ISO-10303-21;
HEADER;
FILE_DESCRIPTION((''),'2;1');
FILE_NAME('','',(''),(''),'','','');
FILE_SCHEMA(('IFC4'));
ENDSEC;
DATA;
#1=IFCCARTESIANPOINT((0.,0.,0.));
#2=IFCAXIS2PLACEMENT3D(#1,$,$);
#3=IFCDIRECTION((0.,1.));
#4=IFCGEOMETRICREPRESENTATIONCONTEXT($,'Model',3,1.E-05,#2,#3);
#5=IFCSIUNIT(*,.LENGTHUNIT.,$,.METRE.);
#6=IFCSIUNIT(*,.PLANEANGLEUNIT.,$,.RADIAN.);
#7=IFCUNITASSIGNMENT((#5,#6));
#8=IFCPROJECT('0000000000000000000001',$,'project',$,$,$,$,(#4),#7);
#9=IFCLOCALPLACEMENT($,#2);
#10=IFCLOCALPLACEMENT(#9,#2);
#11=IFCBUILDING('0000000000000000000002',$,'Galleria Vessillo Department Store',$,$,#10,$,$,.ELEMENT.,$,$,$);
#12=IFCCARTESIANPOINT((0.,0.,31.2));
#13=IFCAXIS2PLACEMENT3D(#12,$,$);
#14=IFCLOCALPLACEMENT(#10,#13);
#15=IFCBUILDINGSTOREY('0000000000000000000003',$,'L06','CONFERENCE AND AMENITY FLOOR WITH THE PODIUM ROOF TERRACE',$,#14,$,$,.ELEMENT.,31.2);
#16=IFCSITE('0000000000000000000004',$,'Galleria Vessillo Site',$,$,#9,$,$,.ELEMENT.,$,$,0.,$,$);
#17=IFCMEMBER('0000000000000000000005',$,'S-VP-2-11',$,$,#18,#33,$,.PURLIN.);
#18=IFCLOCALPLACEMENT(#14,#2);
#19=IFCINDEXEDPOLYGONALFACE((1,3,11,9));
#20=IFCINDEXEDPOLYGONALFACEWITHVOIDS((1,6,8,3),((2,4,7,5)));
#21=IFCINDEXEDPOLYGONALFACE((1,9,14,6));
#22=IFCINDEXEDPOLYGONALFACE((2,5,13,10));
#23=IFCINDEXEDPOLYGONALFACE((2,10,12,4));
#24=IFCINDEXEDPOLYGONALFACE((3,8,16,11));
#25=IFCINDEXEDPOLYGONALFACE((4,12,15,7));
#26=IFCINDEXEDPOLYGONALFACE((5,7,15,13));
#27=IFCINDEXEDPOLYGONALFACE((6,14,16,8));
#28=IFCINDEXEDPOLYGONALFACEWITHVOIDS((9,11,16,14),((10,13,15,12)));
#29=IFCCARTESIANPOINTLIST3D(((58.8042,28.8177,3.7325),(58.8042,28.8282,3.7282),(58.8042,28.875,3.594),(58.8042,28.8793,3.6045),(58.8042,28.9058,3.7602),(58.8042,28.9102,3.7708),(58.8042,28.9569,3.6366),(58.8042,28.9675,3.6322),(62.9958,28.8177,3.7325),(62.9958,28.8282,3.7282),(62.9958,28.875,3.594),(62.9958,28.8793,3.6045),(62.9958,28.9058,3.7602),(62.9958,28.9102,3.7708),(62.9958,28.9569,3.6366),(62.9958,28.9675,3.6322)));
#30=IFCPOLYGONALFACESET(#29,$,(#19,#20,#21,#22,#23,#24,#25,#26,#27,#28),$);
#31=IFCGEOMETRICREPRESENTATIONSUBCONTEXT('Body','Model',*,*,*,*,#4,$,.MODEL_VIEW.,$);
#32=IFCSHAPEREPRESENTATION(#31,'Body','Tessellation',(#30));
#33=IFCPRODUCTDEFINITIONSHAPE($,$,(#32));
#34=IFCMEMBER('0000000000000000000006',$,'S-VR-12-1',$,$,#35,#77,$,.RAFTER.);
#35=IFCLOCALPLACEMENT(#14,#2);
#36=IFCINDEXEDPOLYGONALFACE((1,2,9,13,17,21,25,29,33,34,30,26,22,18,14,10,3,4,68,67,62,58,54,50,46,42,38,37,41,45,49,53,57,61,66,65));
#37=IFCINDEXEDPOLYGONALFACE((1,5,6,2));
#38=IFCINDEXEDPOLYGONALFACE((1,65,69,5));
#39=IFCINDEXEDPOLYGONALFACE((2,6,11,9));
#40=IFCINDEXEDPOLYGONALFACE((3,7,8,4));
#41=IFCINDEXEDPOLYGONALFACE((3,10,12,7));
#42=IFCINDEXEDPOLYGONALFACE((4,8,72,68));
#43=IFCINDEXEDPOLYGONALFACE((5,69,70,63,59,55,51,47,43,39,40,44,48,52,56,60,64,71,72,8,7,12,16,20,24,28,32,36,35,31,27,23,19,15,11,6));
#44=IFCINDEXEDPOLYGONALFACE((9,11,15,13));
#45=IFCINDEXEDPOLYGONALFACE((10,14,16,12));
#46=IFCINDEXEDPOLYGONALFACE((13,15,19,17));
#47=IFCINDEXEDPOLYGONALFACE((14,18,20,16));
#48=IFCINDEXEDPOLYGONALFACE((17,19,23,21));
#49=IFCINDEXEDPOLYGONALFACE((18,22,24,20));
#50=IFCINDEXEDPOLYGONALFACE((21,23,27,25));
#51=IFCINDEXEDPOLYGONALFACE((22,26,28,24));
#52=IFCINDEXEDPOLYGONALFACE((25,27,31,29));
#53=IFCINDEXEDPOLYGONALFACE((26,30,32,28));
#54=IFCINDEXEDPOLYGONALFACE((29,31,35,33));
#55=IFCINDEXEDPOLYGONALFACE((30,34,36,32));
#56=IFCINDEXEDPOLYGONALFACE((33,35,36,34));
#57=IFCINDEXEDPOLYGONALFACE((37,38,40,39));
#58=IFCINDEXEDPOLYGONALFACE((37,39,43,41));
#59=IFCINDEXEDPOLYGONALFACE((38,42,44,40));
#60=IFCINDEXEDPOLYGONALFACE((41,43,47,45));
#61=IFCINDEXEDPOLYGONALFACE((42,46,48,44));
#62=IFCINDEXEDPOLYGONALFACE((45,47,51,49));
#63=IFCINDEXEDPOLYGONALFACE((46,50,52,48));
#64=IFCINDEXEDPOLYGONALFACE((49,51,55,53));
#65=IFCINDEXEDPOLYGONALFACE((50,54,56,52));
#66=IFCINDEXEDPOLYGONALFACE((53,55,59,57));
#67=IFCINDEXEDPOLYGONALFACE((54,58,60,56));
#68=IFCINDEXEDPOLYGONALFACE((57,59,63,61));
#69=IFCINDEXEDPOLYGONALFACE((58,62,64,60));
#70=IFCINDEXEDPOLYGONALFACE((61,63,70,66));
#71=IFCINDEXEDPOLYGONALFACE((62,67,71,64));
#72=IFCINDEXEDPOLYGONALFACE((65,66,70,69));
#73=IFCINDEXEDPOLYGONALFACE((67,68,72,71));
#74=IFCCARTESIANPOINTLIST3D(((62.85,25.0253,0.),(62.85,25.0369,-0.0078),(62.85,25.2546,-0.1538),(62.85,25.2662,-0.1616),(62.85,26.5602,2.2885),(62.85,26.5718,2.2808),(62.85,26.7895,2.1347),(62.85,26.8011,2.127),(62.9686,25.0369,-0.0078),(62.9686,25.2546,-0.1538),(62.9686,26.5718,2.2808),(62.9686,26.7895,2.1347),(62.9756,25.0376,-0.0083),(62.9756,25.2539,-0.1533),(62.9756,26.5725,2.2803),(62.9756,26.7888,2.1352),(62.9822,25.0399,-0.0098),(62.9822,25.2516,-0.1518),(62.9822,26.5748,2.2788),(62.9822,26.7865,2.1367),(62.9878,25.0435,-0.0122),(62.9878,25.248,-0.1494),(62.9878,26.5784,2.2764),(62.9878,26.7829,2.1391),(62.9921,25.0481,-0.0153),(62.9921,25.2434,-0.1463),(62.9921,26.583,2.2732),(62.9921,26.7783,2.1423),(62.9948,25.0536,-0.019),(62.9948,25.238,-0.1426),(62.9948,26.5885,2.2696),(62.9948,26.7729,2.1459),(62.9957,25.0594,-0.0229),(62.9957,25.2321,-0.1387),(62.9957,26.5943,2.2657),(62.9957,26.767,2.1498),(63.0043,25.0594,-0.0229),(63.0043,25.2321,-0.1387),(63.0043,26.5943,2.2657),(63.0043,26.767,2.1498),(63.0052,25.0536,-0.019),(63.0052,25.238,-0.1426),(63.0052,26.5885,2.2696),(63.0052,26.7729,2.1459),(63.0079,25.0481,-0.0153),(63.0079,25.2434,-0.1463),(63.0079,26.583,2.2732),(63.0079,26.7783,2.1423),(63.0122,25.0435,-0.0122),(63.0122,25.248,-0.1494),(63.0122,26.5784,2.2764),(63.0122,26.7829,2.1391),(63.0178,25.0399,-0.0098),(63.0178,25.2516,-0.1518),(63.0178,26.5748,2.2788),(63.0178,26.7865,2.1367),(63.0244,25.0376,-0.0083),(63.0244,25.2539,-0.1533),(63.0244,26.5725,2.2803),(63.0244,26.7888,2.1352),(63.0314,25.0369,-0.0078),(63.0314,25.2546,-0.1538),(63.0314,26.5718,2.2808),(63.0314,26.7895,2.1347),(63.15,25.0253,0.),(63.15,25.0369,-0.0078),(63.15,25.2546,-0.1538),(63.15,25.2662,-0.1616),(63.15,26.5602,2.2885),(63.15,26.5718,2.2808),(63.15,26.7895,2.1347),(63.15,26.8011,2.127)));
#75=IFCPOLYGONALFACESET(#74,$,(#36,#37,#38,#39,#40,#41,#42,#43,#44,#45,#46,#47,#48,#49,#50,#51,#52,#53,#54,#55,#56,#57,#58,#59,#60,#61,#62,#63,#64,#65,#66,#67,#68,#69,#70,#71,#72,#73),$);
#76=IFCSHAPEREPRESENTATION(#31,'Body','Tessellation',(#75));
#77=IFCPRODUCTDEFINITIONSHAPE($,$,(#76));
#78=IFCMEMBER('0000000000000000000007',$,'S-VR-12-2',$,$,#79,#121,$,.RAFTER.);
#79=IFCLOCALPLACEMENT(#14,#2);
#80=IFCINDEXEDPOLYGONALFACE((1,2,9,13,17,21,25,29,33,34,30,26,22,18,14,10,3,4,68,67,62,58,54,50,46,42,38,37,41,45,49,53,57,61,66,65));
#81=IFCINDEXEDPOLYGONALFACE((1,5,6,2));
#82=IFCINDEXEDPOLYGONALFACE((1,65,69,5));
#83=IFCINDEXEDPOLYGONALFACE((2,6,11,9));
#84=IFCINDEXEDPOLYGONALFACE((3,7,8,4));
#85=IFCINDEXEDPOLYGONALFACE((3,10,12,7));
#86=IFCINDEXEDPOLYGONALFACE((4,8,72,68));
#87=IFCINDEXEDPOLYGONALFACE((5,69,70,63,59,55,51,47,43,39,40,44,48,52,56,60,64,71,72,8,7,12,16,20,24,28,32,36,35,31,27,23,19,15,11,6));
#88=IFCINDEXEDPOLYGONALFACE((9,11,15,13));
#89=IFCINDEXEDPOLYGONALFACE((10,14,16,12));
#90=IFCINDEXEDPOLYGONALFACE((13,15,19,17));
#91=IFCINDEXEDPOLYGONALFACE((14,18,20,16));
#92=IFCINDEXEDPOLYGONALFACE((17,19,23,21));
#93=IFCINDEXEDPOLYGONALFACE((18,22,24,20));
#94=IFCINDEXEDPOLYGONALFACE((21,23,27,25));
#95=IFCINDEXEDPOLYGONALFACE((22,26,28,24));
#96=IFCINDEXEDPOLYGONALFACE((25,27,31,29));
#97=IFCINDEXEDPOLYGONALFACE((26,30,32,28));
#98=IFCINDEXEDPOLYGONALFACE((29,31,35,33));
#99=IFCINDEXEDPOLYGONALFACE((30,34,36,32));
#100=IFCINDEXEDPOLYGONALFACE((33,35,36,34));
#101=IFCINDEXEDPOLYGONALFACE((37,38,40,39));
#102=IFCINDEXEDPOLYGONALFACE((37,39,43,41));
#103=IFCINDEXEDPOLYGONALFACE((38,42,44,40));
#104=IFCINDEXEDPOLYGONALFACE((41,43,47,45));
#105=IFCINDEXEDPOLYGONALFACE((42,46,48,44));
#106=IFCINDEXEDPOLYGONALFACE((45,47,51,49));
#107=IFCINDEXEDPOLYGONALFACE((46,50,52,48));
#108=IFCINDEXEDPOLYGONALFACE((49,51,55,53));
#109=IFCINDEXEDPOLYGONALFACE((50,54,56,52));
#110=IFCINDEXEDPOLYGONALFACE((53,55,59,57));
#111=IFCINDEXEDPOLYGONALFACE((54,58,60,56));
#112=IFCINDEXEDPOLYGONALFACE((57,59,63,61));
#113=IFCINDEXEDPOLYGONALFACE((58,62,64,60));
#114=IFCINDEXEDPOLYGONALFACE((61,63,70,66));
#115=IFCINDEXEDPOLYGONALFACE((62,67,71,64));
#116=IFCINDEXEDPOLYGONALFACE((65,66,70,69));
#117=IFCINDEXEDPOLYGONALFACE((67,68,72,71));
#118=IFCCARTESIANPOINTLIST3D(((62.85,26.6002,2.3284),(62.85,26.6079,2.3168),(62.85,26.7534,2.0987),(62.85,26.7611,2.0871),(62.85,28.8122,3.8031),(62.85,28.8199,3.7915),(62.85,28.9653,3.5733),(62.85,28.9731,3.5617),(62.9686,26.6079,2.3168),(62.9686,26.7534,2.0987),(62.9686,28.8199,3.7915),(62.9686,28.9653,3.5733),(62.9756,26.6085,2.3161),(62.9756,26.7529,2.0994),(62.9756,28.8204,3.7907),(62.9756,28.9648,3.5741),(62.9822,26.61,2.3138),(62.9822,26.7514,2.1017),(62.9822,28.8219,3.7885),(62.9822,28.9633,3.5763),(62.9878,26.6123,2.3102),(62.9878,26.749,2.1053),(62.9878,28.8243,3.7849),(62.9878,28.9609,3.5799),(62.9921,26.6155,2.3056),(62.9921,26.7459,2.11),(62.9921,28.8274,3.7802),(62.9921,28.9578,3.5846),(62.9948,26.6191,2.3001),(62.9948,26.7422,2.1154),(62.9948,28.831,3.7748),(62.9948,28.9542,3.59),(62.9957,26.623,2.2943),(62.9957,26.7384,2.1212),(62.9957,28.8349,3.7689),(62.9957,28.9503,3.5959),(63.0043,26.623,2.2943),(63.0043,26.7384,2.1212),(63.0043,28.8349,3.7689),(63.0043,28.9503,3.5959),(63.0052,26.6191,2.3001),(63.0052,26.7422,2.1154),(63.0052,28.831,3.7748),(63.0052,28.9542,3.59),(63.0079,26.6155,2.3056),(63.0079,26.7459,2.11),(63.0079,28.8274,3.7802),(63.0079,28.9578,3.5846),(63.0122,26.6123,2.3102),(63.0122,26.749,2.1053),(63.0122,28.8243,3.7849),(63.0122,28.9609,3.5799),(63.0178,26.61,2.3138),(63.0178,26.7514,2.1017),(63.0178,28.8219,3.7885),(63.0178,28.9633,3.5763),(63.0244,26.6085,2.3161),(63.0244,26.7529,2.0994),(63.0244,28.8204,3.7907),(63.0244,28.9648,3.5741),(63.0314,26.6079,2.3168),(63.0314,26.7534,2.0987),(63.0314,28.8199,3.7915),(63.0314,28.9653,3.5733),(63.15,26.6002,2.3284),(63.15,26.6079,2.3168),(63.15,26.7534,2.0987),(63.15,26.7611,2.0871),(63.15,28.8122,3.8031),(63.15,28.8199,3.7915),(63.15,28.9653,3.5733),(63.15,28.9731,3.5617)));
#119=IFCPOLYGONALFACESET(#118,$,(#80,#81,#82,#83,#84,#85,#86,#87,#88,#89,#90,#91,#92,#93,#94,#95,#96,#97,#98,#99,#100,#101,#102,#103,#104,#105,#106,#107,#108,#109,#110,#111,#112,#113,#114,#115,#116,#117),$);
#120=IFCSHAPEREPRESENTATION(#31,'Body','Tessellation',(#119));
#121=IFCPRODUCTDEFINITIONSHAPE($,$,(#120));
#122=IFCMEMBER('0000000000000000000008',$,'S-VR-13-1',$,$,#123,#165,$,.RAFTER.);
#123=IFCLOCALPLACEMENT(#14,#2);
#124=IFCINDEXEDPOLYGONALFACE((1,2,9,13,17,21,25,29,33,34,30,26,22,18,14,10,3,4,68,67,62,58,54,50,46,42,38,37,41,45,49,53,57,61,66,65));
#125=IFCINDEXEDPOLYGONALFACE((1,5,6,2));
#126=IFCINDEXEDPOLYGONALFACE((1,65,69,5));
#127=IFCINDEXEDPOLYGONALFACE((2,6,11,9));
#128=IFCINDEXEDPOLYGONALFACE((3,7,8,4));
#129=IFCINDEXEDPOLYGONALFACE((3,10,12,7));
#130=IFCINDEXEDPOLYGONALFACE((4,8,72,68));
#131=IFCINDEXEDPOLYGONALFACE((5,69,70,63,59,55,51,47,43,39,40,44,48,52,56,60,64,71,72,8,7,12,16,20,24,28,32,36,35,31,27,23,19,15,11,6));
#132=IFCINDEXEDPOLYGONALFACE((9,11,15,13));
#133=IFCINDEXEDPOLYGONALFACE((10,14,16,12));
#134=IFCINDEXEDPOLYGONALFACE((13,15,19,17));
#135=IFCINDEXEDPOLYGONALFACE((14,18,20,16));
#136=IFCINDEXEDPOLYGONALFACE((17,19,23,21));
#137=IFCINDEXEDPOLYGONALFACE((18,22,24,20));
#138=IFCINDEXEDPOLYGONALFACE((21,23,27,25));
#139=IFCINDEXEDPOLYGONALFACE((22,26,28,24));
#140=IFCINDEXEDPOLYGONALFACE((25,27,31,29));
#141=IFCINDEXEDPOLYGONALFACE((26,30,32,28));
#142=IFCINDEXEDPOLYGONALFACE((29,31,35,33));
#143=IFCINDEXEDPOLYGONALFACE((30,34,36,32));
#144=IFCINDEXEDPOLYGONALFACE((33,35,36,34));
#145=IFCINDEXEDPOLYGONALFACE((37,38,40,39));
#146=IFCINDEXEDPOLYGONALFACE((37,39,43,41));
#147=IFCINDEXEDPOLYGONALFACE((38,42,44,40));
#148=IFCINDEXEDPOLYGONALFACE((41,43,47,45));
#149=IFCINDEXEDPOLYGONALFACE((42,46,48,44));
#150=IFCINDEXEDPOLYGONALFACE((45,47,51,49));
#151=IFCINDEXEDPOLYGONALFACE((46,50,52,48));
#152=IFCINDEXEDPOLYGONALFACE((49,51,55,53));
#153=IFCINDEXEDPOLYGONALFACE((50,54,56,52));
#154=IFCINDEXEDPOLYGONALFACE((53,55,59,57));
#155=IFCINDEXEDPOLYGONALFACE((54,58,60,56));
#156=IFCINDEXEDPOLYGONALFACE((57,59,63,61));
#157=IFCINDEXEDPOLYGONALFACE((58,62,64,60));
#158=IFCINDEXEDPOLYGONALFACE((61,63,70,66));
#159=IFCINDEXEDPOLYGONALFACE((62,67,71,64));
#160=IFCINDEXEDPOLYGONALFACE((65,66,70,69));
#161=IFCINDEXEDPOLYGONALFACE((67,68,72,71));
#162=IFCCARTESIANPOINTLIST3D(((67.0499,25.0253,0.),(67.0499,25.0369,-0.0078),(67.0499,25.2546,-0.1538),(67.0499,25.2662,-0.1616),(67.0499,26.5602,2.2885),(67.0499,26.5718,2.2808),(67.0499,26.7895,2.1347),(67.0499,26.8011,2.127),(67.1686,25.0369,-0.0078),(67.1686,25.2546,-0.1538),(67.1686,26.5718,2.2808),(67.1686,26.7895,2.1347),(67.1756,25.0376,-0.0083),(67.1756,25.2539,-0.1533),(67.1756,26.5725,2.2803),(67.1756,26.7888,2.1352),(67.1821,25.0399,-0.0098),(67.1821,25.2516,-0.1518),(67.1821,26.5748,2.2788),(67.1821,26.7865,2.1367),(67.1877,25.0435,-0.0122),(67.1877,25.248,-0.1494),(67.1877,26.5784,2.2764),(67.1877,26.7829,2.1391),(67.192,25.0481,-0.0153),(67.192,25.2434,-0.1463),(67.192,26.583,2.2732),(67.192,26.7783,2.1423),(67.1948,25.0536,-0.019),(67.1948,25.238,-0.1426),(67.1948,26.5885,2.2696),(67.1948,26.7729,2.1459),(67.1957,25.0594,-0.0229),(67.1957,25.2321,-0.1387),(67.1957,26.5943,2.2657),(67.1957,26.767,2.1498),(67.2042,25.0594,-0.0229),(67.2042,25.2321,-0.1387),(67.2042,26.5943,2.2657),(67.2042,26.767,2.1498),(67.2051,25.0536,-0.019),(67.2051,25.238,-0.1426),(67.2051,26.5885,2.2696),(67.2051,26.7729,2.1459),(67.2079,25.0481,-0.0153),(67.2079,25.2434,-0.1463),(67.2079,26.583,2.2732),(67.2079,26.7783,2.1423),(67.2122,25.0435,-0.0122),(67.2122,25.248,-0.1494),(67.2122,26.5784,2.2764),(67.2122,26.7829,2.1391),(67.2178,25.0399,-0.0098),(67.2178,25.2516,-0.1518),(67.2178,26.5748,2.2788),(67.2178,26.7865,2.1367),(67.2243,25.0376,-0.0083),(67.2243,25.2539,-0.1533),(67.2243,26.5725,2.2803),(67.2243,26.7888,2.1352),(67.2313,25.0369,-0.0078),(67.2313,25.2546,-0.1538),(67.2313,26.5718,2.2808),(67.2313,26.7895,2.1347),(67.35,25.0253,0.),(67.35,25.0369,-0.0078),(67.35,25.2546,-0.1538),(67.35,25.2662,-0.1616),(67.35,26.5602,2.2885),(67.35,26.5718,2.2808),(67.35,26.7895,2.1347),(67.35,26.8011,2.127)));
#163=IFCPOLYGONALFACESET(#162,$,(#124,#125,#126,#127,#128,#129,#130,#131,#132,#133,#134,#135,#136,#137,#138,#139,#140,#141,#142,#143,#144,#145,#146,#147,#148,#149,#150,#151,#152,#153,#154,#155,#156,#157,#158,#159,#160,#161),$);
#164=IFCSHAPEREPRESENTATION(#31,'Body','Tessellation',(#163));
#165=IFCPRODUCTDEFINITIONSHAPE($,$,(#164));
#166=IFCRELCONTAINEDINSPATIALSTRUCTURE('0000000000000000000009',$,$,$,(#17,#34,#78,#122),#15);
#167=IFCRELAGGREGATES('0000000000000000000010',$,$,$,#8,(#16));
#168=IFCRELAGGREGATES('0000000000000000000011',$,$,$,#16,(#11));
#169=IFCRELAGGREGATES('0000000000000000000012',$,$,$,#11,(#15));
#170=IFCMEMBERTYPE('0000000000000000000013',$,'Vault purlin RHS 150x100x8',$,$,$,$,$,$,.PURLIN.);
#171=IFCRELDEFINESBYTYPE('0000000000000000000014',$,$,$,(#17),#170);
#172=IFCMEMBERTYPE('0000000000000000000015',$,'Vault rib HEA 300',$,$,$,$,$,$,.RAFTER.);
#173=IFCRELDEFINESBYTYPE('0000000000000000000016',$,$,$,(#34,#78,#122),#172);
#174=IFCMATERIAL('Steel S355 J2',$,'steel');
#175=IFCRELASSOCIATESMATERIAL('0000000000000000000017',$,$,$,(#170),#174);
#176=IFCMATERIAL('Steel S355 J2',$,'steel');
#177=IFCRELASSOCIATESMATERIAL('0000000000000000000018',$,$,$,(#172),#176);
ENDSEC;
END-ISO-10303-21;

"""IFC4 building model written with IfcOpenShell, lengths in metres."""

from ifc_helpers import new_model, si_unit, direction, frame, origin, origin_2d, place, context, subcontext, project, spatial, hollow_rectangle, i_section, extrude, material, material_profile, profile_set, type_object, element, save


model = new_model("IFC4")

# Units and contexts
model_context = context("Model", 3, precision=1e-05, world=origin(), true_north=direction((0.0, 1.0)))
body_context = subcontext(model_context, "Body", "Model", "MODEL_VIEW")
ifc_project = project(units=[si_unit("LENGTHUNIT", "METRE"), si_unit("PLANEANGLEUNIT", "RADIAN")], contexts=[model_context])

# Site, building, storey
site_placement = place(None, origin())
site = spatial("IfcSite", under=ifc_project, at=site_placement, Name="Galleria Vessillo Site", CompositionType="ELEMENT", RefElevation=0.0)
building_placement = place(site_placement, origin())
building = spatial("IfcBuilding", under=site, at=building_placement, Name="Galleria Vessillo Department Store", CompositionType="ELEMENT")
storey_placement = place(building_placement, frame((0.0, 0.0, 31.2)))
storey = spatial("IfcBuildingStorey", under=building, at=storey_placement, Name="L06", Description="CONFERENCE AND AMENITY FLOOR WITH THE PODIUM ROOF TERRACE", CompositionType="ELEMENT", Elevation=31.2)

# Members
ifc_material_1 = material(Name="Steel S355 J2", Category="steel")
ifc_material_profile_1 = material_profile(ifc_material_1, hollow_rectangle(XDim=0.1001, YDim=0.1499, WallThickness=0.0081, at=origin_2d()), Name="RHS 150x100x8")
ifc_profile_set_1 = profile_set([ifc_material_profile_1], Name="Steel S355 J2")
member_type_1 = type_object("IfcMemberType", Name="Vault purlin RHS 150x100x8", PredefinedType="PURLIN", material=ifc_profile_set_1)
for number, where, z_axis, x_axis, name in (
    (1, (58.8042, 28.8926, 3.6824), (1.0, 0.0, 0.0), (0.0, 0.924145, 0.382043), "S-VP-2-11"),
):
    element("IfcMember", number, at=place(storey_placement, frame(where, z_axis=z_axis, x_axis=x_axis)), inside=storey, type_object=member_type_1, Name=name, PredefinedType="PURLIN", context=body_context, shape_type="SweptSolid", body=[
        extrude(hollow_rectangle(XDim=0.1001, YDim=0.1499, WallThickness=0.0081, at=origin_2d()), origin(), (0.0, 0.0, 1.0), 4.1917),
    ])
ifc_material_2 = material(Name="Steel S355 J2", Category="steel")
ifc_material_profile_2 = material_profile(ifc_material_2, i_section(OverallWidth=0.3, OverallDepth=0.29, WebThickness=0.0085, FlangeThickness=0.0139, FilletRadius=0.0271, at=origin_2d()), Name="HEA 300")
ifc_profile_set_2 = profile_set([ifc_material_profile_2], Name="Steel S355 J2")
member_type_2 = type_object("IfcMemberType", Name="Vault rib HEA 300", PredefinedType="RAFTER", material=ifc_profile_set_2)
member_1_placement = place(storey_placement, frame((63.0, 25.1458, -0.0808), z_axis=(0.0, 0.557008, 0.830507), x_axis=(-1.0, 0.0, 0.0)))
element("IfcMember", 2, at=member_1_placement, inside=storey, type_object=member_type_2, Name="S-VR-12-1", PredefinedType="RAFTER", context=body_context, shape_type="SweptSolid", body=[
    extrude(i_section(OverallWidth=0.3, OverallDepth=0.29, WebThickness=0.0085, FlangeThickness=0.0139, FilletRadius=0.0271, at=origin_2d()), origin(), (0.0, 0.0, 1.0), 2.7556),
])
member_2_placement = place(storey_placement, frame((63.0, 26.6807, 2.2078), z_axis=(0.0, 0.83205, 0.5547), x_axis=(-1.0, 0.0, 0.0)))
element("IfcMember", 3, at=member_2_placement, inside=storey, type_object=member_type_2, Name="S-VR-12-2", PredefinedType="RAFTER", context=body_context, shape_type="SweptSolid", body=[
    extrude(i_section(OverallWidth=0.3, OverallDepth=0.29, WebThickness=0.0085, FlangeThickness=0.0139, FilletRadius=0.0271, at=origin_2d()), origin(), (0.0, 0.0, 1.0), 2.6584),
])
member_3_placement = place(storey_placement, frame((67.2, 25.1458, -0.0808), z_axis=(0.0, 0.557008, 0.830507), x_axis=(-1.0, 0.0, 0.0)))
element("IfcMember", 4, at=member_3_placement, inside=storey, type_object=member_type_2, Name="S-VR-13-1", PredefinedType="RAFTER", context=body_context, shape_type="SweptSolid", body=[
    extrude(i_section(OverallWidth=0.3, OverallDepth=0.29, WebThickness=0.0085, FlangeThickness=0.0139, FilletRadius=0.0271, at=origin_2d()), origin(), (0.0, 0.0, 1.0), 2.7556),
])

save(model, "model.ifc")
